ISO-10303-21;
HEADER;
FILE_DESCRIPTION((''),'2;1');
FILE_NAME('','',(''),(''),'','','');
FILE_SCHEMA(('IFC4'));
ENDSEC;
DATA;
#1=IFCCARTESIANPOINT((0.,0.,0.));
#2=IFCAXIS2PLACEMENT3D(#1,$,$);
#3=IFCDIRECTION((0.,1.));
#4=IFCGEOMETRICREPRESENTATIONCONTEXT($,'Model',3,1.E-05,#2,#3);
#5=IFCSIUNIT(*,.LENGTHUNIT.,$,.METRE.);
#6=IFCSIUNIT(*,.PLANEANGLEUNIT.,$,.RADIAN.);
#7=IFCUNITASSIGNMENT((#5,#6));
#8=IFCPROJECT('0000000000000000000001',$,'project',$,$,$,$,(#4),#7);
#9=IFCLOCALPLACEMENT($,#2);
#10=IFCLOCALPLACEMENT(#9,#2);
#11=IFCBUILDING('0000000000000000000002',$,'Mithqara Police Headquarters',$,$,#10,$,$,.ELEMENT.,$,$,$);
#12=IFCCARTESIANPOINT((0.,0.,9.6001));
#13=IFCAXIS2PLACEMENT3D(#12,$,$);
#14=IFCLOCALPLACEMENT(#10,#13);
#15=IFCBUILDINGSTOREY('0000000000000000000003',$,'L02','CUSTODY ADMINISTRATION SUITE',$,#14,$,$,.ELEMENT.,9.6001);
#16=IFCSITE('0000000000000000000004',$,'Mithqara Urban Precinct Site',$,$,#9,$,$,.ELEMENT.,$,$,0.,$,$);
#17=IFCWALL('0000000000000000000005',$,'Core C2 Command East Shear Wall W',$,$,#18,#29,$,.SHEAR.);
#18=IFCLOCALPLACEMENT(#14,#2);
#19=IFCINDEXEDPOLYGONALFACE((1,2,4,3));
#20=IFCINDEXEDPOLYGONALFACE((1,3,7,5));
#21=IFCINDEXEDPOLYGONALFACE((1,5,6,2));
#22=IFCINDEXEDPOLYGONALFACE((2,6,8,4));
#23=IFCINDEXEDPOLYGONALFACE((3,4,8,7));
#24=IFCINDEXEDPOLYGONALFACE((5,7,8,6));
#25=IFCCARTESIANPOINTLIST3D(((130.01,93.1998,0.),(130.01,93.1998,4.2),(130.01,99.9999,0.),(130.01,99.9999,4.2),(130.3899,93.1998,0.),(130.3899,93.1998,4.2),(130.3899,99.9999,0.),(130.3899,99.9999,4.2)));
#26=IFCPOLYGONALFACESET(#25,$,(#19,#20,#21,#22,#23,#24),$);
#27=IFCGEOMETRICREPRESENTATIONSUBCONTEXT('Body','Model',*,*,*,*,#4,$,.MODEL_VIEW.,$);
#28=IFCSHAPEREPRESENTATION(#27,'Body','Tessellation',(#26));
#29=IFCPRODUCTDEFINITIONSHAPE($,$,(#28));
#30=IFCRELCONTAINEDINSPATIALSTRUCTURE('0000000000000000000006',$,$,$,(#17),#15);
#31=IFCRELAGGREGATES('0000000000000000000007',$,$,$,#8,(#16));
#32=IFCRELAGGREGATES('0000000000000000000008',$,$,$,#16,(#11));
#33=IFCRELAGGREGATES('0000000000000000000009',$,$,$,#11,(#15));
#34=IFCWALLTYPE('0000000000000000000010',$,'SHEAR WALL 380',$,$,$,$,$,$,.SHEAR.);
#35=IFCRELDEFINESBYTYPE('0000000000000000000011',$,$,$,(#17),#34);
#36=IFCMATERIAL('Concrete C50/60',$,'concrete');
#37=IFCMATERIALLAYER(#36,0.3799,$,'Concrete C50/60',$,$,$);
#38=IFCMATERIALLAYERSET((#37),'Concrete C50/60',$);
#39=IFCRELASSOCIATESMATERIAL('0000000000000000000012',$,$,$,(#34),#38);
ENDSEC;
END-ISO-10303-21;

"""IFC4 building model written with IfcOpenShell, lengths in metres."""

from ifc_helpers import new_model, si_unit, direction, frame, frame_2d, origin, place, context, subcontext, project, spatial, rectangle, extrude, material, layer, layer_set, type_object, element, save


model = new_model("IFC4")

# Units and contexts
model_context = context("Model", 3, precision=1e-05, world=origin(), true_north=direction((0.0, 1.0)))
body_context = subcontext(model_context, "Body", "Model", "MODEL_VIEW")
ifc_project = project(units=[si_unit("LENGTHUNIT", "METRE"), si_unit("PLANEANGLEUNIT", "RADIAN")], contexts=[model_context])

# Site, building, storey
site_placement = place(None, origin())
site = spatial("IfcSite", under=ifc_project, at=site_placement, Name="Mithqara Urban Precinct Site", CompositionType="ELEMENT", RefElevation=0.0)
building_placement = place(site_placement, origin())
building = spatial("IfcBuilding", under=site, at=building_placement, Name="Mithqara Police Headquarters", CompositionType="ELEMENT")
storey_placement = place(building_placement, frame((0.0, 0.0, 9.6001)))
storey = spatial("IfcBuildingStorey", under=building, at=storey_placement, Name="L02", Description="CUSTODY ADMINISTRATION SUITE", CompositionType="ELEMENT", Elevation=9.6001)

# Shared definitions
ifc_material_1 = material(Name="Concrete C50/60", Category="concrete")
ifc_layer_1 = layer(ifc_material_1, 0.3799, Name="Concrete C50/60")
ifc_layer_set_1 = layer_set([ifc_layer_1], Name="Concrete C50/60")
wall_type_1 = type_object("IfcWallType", Name="SHEAR WALL 380", PredefinedType="SHEAR", material=ifc_layer_set_1)

# Wall
wall_1_placement = place(storey_placement, frame((130.2, 93.2, 0.0), z_axis=(0.0, 0.0, 1.0), x_axis=(0.0, 1.0, 0.0)))
element("IfcWall", 1, at=wall_1_placement, inside=storey, type_object=wall_type_1, Name="Core C2 Command East Shear Wall W", PredefinedType="SHEAR", context=body_context, shape_type="SweptSolid", body=[
    extrude(rectangle(XDim=6.8, YDim=0.3799, at=frame_2d((3.3999, 0.0))), origin(), (0.0, 0.0, 1.0), 4.2),
])

save(model, "model.ifc")
